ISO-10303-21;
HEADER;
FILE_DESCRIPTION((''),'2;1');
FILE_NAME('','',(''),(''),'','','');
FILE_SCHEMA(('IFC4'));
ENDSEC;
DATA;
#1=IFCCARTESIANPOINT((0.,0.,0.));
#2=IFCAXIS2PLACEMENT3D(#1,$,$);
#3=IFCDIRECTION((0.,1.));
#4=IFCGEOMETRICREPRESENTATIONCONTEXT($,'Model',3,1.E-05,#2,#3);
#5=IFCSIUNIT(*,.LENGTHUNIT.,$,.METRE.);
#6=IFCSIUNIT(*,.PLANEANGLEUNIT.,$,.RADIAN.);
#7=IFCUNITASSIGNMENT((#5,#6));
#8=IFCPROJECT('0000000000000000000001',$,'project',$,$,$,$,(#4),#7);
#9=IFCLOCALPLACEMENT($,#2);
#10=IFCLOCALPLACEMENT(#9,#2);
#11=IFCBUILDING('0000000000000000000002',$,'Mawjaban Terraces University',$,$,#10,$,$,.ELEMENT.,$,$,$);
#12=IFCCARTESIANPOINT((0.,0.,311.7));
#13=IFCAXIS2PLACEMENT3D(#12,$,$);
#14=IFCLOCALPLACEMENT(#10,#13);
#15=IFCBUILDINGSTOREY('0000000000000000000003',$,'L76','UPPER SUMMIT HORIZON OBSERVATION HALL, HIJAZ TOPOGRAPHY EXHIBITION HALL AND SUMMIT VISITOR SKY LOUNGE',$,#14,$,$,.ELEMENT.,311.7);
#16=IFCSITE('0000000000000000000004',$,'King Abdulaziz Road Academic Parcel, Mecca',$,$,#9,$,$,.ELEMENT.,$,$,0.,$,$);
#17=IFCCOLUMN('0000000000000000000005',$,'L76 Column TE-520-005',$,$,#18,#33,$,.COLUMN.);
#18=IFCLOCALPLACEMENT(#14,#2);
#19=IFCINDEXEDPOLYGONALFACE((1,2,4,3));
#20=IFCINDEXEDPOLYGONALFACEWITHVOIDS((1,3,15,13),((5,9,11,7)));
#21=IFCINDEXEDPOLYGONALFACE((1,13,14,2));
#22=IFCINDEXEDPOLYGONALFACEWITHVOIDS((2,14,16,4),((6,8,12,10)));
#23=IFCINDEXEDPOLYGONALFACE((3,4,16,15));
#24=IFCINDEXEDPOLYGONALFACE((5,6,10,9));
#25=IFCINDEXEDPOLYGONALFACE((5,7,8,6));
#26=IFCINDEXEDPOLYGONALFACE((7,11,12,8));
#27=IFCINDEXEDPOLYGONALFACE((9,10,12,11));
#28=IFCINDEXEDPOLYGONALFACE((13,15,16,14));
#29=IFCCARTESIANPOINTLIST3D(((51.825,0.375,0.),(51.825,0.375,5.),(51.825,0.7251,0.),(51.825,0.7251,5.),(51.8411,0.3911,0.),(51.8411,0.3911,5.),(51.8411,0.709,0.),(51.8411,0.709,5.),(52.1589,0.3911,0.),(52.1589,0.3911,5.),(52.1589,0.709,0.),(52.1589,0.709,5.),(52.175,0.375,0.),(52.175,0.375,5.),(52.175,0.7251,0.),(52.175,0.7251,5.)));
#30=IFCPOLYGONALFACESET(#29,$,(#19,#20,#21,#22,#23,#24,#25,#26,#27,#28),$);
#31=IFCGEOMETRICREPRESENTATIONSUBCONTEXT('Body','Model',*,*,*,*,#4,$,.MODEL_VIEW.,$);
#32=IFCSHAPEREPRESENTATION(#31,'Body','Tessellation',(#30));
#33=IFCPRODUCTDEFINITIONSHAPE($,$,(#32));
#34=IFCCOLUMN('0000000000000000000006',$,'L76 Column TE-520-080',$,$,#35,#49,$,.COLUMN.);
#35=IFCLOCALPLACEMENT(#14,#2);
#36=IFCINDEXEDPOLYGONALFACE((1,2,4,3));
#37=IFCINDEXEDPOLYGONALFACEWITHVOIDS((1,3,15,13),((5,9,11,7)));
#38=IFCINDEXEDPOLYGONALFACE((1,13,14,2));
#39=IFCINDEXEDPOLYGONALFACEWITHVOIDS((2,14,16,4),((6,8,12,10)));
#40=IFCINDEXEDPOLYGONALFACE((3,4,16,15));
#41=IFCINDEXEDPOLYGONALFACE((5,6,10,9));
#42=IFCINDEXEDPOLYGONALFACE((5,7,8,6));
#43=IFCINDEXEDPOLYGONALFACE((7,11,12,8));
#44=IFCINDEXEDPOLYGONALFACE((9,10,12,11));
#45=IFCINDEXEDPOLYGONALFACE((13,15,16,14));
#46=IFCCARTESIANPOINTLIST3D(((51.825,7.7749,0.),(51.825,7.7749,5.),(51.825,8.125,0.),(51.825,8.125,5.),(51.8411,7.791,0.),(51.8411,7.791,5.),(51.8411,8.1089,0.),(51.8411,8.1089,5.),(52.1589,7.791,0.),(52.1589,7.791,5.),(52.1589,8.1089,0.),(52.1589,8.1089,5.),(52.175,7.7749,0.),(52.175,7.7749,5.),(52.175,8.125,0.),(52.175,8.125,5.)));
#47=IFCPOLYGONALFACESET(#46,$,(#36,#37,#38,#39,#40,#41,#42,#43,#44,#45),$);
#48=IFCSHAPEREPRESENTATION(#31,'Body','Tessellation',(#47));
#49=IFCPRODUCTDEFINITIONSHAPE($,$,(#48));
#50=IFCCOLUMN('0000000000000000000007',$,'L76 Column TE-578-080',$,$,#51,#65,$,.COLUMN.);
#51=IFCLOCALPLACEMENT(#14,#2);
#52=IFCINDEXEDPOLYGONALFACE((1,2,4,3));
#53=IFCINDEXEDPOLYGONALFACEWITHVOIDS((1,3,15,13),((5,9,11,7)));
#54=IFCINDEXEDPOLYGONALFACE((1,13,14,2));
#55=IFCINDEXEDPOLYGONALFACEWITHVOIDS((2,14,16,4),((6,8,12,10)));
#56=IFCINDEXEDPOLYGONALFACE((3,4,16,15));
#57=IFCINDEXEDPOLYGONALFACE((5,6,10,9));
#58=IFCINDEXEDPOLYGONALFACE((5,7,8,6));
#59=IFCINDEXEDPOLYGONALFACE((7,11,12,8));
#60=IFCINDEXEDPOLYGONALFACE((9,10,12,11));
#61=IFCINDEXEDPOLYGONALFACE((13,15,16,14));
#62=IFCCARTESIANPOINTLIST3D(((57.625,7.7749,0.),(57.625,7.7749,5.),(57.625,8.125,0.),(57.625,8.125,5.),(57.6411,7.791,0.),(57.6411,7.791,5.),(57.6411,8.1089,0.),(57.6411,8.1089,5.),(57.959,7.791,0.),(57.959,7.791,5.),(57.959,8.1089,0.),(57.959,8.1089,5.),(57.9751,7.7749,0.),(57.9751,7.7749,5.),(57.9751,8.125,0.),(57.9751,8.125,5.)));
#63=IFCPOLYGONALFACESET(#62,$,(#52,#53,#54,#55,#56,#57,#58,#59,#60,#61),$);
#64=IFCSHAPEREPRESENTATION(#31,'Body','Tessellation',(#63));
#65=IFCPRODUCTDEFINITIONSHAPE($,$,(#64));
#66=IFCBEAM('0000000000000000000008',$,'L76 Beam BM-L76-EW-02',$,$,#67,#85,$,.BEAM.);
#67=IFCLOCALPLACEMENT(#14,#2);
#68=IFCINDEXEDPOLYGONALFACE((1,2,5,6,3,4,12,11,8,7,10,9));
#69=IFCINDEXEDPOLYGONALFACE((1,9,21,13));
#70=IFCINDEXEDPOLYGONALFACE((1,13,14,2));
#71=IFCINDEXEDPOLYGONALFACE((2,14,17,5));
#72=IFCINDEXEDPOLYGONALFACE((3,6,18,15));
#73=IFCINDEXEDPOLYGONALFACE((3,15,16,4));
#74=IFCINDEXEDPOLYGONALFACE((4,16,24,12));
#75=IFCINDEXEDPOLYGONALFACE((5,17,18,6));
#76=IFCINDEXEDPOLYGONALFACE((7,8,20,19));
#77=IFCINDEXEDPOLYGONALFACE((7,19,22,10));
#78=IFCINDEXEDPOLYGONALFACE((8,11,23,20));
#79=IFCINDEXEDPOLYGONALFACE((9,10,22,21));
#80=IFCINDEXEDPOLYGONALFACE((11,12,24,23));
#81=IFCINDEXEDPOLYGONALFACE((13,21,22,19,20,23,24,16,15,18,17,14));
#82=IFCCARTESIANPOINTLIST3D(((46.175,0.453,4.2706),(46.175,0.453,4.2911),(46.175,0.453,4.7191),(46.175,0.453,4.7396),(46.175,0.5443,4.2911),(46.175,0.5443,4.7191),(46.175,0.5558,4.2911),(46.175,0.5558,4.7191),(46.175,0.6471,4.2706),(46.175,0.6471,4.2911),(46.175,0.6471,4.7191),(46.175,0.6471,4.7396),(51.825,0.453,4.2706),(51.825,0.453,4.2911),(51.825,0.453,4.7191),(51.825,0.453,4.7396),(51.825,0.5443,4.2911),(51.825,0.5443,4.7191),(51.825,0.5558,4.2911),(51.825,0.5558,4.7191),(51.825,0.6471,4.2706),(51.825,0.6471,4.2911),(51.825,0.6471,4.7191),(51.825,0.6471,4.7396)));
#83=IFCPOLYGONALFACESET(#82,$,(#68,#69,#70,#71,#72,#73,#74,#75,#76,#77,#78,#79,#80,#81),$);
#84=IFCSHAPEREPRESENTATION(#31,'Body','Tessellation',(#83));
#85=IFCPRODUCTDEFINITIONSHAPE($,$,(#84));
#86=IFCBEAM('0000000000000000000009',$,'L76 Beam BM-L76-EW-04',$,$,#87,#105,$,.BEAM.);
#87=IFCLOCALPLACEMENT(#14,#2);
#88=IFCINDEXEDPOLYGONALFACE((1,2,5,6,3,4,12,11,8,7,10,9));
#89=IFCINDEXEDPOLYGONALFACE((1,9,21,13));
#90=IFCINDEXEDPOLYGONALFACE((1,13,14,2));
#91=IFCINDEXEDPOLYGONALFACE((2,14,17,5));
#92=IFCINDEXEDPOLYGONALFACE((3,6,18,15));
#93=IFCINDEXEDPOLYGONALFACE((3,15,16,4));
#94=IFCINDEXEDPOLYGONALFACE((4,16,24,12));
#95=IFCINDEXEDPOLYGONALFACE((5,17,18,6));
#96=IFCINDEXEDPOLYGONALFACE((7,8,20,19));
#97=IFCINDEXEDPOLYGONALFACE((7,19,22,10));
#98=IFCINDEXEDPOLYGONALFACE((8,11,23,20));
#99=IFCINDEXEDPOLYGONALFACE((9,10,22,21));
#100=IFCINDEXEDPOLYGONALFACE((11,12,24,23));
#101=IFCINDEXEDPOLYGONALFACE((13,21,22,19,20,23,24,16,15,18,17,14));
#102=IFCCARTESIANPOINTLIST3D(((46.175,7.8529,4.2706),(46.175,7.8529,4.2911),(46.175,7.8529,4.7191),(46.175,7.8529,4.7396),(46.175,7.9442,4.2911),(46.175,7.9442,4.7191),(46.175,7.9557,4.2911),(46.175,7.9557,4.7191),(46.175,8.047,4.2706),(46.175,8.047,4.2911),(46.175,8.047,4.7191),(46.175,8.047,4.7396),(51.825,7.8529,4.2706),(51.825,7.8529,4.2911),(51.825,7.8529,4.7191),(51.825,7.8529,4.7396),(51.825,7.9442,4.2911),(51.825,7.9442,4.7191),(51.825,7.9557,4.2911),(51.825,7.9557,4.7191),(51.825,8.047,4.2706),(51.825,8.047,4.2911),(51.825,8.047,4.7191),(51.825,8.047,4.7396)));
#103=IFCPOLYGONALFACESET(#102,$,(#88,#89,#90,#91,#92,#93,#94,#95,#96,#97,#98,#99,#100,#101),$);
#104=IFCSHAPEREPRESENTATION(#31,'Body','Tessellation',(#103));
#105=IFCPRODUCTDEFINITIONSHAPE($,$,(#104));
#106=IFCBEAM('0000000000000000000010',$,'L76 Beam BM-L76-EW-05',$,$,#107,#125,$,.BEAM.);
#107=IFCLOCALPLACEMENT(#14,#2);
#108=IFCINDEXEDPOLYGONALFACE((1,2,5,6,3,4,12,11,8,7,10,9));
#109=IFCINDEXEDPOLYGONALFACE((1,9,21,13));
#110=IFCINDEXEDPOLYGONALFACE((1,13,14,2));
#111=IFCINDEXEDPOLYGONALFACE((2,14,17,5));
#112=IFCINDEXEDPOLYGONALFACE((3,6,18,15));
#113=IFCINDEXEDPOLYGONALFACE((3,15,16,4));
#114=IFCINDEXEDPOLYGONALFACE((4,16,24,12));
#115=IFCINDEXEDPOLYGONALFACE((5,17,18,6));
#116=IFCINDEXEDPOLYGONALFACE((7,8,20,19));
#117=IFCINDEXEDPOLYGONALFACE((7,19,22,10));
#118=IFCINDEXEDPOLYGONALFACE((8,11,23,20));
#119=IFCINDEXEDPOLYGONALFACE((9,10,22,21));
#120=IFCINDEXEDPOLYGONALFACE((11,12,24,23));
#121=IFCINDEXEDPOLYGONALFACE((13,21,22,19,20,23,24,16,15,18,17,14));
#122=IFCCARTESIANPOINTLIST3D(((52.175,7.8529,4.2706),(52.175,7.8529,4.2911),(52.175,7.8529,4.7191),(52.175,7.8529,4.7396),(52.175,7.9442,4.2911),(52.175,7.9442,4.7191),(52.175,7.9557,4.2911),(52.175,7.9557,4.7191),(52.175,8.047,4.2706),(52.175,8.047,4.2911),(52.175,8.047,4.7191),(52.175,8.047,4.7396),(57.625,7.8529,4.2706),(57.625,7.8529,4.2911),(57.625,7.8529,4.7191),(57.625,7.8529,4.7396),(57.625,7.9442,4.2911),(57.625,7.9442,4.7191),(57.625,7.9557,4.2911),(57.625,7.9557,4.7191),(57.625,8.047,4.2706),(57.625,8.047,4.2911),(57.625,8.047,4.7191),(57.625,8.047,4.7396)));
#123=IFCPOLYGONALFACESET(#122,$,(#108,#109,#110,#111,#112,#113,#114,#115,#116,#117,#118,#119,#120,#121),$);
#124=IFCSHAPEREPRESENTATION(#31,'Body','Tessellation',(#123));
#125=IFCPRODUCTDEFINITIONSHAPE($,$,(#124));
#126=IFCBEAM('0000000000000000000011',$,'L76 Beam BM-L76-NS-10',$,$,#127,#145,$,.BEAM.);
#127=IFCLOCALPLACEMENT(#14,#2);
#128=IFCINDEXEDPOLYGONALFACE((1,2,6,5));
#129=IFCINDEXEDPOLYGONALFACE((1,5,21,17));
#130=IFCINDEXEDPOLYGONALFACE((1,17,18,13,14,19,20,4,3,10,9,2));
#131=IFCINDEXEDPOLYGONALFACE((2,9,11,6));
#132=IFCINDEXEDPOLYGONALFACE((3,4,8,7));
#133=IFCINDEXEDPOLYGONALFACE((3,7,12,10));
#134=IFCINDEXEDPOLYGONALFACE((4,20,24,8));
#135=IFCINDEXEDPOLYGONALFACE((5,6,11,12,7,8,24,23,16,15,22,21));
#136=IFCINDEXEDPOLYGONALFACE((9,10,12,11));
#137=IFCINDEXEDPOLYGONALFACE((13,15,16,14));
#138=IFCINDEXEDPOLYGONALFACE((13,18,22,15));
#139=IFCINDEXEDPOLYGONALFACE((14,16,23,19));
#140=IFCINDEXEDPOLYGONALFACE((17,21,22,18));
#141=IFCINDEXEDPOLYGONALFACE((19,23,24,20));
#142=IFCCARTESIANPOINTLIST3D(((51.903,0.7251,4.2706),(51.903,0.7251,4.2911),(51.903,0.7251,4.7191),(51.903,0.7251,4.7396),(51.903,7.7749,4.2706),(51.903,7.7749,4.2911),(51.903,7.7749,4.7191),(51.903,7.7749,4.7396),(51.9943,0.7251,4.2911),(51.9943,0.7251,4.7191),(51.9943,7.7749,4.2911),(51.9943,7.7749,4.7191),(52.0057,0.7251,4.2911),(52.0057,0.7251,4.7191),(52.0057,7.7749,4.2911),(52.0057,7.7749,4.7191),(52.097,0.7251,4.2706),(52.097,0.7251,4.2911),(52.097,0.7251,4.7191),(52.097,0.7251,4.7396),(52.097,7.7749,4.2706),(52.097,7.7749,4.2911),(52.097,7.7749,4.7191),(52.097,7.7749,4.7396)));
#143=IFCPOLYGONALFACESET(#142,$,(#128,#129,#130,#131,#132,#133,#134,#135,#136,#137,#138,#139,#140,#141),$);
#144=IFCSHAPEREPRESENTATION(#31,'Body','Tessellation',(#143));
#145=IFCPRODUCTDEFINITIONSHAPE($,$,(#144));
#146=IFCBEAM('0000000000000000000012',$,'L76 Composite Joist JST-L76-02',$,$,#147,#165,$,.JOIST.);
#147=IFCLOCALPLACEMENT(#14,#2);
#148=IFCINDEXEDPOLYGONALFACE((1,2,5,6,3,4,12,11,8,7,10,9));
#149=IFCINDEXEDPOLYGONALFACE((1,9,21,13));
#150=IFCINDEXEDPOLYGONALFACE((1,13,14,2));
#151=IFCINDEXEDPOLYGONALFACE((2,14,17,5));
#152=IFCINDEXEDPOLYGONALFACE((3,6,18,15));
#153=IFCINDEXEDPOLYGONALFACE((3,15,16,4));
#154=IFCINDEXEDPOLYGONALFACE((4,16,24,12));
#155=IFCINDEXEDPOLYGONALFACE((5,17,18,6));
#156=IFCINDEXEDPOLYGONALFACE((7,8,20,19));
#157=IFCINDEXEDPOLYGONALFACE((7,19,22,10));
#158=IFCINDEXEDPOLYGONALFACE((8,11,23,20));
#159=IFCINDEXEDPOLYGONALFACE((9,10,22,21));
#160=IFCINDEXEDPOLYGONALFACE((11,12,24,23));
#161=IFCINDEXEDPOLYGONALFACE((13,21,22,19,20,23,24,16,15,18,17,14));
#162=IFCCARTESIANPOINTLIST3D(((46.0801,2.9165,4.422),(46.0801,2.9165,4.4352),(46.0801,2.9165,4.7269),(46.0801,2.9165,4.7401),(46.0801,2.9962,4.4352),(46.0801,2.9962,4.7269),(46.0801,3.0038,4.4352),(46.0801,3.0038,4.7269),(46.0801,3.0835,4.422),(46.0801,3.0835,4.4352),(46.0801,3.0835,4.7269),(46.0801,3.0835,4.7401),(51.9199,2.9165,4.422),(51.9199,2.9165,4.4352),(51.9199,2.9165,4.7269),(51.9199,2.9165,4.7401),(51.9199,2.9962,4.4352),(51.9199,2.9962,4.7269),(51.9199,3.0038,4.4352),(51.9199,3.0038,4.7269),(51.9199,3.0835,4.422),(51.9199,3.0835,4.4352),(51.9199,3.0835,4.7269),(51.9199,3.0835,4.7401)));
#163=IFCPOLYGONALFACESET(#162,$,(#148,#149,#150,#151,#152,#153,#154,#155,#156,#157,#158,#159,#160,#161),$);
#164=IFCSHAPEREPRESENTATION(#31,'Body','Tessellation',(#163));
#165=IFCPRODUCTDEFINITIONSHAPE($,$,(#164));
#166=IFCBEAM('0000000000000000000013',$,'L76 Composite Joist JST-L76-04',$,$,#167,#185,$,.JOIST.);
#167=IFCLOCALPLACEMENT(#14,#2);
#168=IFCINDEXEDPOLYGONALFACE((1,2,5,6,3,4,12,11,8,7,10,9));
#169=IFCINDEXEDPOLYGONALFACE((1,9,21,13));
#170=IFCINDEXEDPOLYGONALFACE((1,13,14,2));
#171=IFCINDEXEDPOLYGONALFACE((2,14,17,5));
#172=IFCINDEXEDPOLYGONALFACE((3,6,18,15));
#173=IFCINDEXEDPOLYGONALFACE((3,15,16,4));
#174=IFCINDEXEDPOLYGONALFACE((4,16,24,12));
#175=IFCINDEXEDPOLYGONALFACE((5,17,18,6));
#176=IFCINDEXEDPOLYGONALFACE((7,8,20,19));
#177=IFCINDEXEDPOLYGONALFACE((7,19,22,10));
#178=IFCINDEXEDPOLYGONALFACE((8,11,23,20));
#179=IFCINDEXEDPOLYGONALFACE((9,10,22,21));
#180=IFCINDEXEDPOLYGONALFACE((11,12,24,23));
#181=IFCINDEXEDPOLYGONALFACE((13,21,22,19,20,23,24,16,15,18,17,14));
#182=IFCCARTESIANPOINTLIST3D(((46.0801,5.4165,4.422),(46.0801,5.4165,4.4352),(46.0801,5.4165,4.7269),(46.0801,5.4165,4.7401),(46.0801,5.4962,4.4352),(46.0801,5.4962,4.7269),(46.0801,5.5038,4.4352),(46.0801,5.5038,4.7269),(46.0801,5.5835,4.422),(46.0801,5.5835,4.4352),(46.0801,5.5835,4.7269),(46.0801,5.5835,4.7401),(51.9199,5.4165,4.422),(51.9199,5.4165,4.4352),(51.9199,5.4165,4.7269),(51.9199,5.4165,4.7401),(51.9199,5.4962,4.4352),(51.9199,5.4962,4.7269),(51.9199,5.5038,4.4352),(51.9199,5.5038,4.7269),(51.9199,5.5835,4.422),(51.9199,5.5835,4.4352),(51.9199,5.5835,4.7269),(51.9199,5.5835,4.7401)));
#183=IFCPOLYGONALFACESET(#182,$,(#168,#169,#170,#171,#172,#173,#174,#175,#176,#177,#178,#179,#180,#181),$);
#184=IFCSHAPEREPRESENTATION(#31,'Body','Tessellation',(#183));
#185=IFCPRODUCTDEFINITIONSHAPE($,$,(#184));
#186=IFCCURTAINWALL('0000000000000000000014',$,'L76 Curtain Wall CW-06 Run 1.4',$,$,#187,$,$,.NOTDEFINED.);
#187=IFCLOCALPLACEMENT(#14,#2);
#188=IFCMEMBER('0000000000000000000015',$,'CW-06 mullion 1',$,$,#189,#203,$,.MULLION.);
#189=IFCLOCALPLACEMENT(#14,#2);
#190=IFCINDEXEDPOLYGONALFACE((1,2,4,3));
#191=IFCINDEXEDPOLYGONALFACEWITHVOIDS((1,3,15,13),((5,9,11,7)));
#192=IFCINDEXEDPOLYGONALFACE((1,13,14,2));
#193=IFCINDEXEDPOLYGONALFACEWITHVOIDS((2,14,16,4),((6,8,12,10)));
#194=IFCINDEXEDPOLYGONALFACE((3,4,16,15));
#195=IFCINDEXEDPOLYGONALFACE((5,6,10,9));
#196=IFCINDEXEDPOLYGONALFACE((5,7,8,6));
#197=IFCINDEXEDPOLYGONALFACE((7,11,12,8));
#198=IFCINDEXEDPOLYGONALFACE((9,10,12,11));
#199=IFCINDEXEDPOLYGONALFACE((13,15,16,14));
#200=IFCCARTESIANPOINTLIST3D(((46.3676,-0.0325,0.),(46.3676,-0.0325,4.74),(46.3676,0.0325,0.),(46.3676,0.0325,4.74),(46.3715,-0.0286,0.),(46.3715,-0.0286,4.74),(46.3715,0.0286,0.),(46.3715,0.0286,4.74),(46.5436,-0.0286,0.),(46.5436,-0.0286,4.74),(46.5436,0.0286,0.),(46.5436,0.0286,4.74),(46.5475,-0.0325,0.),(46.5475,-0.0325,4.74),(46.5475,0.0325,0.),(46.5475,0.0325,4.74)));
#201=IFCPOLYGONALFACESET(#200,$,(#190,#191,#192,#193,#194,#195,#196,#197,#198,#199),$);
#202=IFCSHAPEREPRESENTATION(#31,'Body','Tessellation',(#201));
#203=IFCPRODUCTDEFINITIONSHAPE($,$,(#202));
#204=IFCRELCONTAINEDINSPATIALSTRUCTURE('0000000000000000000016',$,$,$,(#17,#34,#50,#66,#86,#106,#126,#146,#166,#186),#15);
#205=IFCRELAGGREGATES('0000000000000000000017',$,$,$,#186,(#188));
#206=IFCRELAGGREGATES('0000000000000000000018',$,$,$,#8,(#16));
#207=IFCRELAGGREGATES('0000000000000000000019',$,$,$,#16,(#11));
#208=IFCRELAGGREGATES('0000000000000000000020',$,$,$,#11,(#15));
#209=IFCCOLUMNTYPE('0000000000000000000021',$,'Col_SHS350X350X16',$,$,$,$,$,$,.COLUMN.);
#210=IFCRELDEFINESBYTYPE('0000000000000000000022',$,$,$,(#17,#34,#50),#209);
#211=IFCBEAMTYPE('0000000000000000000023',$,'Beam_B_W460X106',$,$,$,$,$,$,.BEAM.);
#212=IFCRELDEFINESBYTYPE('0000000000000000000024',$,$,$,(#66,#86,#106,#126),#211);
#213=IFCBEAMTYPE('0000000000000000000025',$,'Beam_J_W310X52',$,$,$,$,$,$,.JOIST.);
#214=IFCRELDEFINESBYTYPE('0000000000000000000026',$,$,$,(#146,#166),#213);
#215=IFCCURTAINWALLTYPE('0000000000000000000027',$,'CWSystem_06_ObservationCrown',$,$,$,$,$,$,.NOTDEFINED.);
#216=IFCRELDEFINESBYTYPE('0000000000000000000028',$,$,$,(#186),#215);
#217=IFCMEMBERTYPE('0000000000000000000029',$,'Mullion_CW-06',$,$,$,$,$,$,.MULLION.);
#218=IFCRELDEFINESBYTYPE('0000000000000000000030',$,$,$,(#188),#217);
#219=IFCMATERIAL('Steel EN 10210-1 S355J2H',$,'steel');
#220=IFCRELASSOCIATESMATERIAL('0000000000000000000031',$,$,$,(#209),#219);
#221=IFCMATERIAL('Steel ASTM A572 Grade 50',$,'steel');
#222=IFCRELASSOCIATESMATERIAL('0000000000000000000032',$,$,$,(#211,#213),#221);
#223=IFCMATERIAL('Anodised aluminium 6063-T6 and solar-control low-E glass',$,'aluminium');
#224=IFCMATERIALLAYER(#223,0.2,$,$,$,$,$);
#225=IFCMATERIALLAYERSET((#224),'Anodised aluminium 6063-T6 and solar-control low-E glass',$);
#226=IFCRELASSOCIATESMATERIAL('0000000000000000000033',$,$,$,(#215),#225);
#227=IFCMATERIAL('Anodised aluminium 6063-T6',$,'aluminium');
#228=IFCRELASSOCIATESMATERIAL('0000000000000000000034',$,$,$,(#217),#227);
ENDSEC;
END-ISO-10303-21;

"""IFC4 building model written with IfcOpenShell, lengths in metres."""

from ifc_helpers import new_model, si_unit, direction, frame, origin, origin_2d, place, context, subcontext, project, spatial, hollow_rectangle, i_section, extrude, material, layer, layer_set, material_profile, profile_set, type_object, element, aggregate, save


model = new_model("IFC4")

# Units and contexts
model_context = context("Model", 3, precision=1e-05, world=origin(), true_north=direction((0.0, 1.0)))
body_context = subcontext(model_context, "Body", "Model", "MODEL_VIEW")
ifc_project = project(units=[si_unit("LENGTHUNIT", "METRE"), si_unit("PLANEANGLEUNIT", "RADIAN")], contexts=[model_context])

# Site, building, storey
site_placement = place(None, origin())
site = spatial("IfcSite", under=ifc_project, at=site_placement, Name="King Abdulaziz Road Academic Parcel, Mecca", CompositionType="ELEMENT", RefElevation=0.0)
building_placement = place(site_placement, origin())
building = spatial("IfcBuilding", under=site, at=building_placement, Name="Mawjaban Terraces University", CompositionType="ELEMENT")
storey_placement = place(building_placement, frame((0.0, 0.0, 311.7)))
storey = spatial("IfcBuildingStorey", under=building, at=storey_placement, Name="L76", Description="UPPER SUMMIT HORIZON OBSERVATION HALL, HIJAZ TOPOGRAPHY EXHIBITION HALL AND SUMMIT VISITOR SKY LOUNGE", CompositionType="ELEMENT", Elevation=311.7)

# Columns
ifc_material_1 = material(Name="Steel EN 10210-1 S355J2H", Category="steel")
ifc_material_profile_1 = material_profile(ifc_material_1, hollow_rectangle(XDim=0.3501, YDim=0.3501, WallThickness=0.0161, at=origin_2d()), Name="SHS350X350X16")
ifc_profile_set_1 = profile_set([ifc_material_profile_1], Name="Steel EN 10210-1 S355J2H")
column_type = type_object("IfcColumnType", Name="Col_SHS350X350X16", PredefinedType="COLUMN", material=ifc_profile_set_1)
for number, where, z_axis, x_axis, name in (
    (1, (52.0, 0.55, 0.0), (0.0, 0.0, 1.0), (1.0, 0.0, 0.0), "L76 Column TE-520-005"),
    (2, (52.0, 7.95, 0.0), (0.0, 0.0, 1.0), (1.0, 0.0, 0.0), "L76 Column TE-520-080"),
    (3, (57.8, 7.95, 0.0), (0.0, 0.0, 1.0), (1.0, 0.0, 0.0), "L76 Column TE-578-080"),
):
    element("IfcColumn", number, at=place(storey_placement, frame(where, z_axis=z_axis, x_axis=x_axis)), inside=storey, type_object=column_type, Name=name, PredefinedType="COLUMN", context=body_context, shape_type="SweptSolid", body=[
        extrude(hollow_rectangle(XDim=0.3501, YDim=0.3501, WallThickness=0.0161, at=origin_2d()), origin(), (0.0, 0.0, 1.0), 5.0),
    ])

# Beams
ifc_material_2 = material(Name="Steel ASTM A572 Grade 50", Category="steel")
ifc_material_profile_2 = material_profile(ifc_material_2, i_section(OverallWidth=0.1941, OverallDepth=0.469, WebThickness=0.0115, FlangeThickness=0.0205, at=origin_2d()), Name="W460X106")
ifc_profile_set_2 = profile_set([ifc_material_profile_2], Name="Steel ASTM A572 Grade 50")
beam_type_1 = type_object("IfcBeamType", Name="Beam_B_W460X106", PredefinedType="BEAM", material=ifc_profile_set_2)
for number, where, z_axis, x_axis, name in (
    (4, (46.175, 0.55, 4.5051), (1.0, 0.0, 0.0), (0.0, 1.0, 0.0), "L76 Beam BM-L76-EW-02"),
    (5, (46.175, 7.95, 4.5051), (1.0, 0.0, 0.0), (0.0, 1.0, 0.0), "L76 Beam BM-L76-EW-04"),
):
    element("IfcBeam", number, at=place(storey_placement, frame(where, z_axis=z_axis, x_axis=x_axis)), inside=storey, type_object=beam_type_1, Name=name, PredefinedType="BEAM", context=body_context, shape_type="SweptSolid", body=[
        extrude(i_section(OverallWidth=0.1941, OverallDepth=0.469, WebThickness=0.0115, FlangeThickness=0.0205, at=origin_2d()), origin(), (0.0, 0.0, 1.0), 5.6499),
    ])
beam_1_placement = place(storey_placement, frame((52.175, 7.95, 4.5051), z_axis=(1.0, 0.0, 0.0), x_axis=(0.0, 1.0, 0.0)))
element("IfcBeam", 6, at=beam_1_placement, inside=storey, type_object=beam_type_1, Name="L76 Beam BM-L76-EW-05", PredefinedType="BEAM", context=body_context, shape_type="SweptSolid", body=[
    extrude(i_section(OverallWidth=0.1941, OverallDepth=0.469, WebThickness=0.0115, FlangeThickness=0.0205, at=origin_2d()), origin(), (0.0, 0.0, 1.0), 5.45),
])
beam_2_placement = place(storey_placement, frame((52.0, 0.7251, 4.5051), z_axis=(0.0, 1.0, 0.0), x_axis=(-1.0, 0.0, 0.0)))
element("IfcBeam", 7, at=beam_2_placement, inside=storey, type_object=beam_type_1, Name="L76 Beam BM-L76-NS-10", PredefinedType="BEAM", context=body_context, shape_type="SweptSolid", body=[
    extrude(i_section(OverallWidth=0.1941, OverallDepth=0.469, WebThickness=0.0115, FlangeThickness=0.0205, at=origin_2d()), origin(), (0.0, 0.0, 1.0), 7.0498),
])
ifc_material_profile_3 = material_profile(ifc_material_2, i_section(OverallWidth=0.167, OverallDepth=0.3181, WebThickness=0.0076, FlangeThickness=0.0132, at=origin_2d()), Name="W310X52")
ifc_profile_set_3 = profile_set([ifc_material_profile_3], Name="Steel ASTM A572 Grade 50")
beam_type_2 = type_object("IfcBeamType", Name="Beam_J_W310X52", PredefinedType="JOIST", material=ifc_profile_set_3)
for number, where, z_axis, x_axis, name in (
    (8, (46.0801, 3.0, 4.5811), (1.0, 0.0, 0.0), (0.0, 1.0, 0.0), "L76 Composite Joist JST-L76-02"),
    (9, (46.0801, 5.5, 4.5811), (1.0, 0.0, 0.0), (0.0, 1.0, 0.0), "L76 Composite Joist JST-L76-04"),
):
    element("IfcBeam", number, at=place(storey_placement, frame(where, z_axis=z_axis, x_axis=x_axis)), inside=storey, type_object=beam_type_2, Name=name, PredefinedType="JOIST", context=body_context, shape_type="SweptSolid", body=[
        extrude(i_section(OverallWidth=0.167, OverallDepth=0.3181, WebThickness=0.0076, FlangeThickness=0.0132, at=origin_2d()), origin(), (0.0, 0.0, 1.0), 5.8398),
    ])

# Curtain wall, member
ifc_material_3 = material(Name="Anodised aluminium 6063-T6 and solar-control low-E glass", Category="aluminium")
ifc_layer_1 = layer(ifc_material_3, 0.2)
ifc_layer_set_1 = layer_set([ifc_layer_1], Name="Anodised aluminium 6063-T6 and solar-control low-E glass")
curtain_wall_type = type_object("IfcCurtainWallType", Name="CWSystem_06_ObservationCrown", PredefinedType="NOTDEFINED", material=ifc_layer_set_1)
curtain_wall_1_placement = place(storey_placement, origin())
curtain_wall_1 = element("IfcCurtainWall", 10, at=curtain_wall_1_placement, inside=storey, type_object=curtain_wall_type, Name="L76 Curtain Wall CW-06 Run 1.4", PredefinedType="NOTDEFINED")
ifc_material_4 = material(Name="Anodised aluminium 6063-T6", Category="aluminium")
ifc_material_profile_4 = material_profile(ifc_material_4, hollow_rectangle(XDim=0.0649, YDim=0.1799, WallThickness=0.0039, at=origin_2d()), Name="ALU180X65X4")
ifc_profile_set_4 = profile_set([ifc_material_profile_4], Name="Anodised aluminium 6063-T6")
member_type_1 = type_object("IfcMemberType", Name="Mullion_CW-06", PredefinedType="MULLION", material=ifc_profile_set_4)
member_1_placement = place(storey_placement, frame((46.4575, 0.0, 0.0), z_axis=(0.0, 0.0, 1.0), x_axis=(0.0, 1.0, 0.0)))
member_1 = element("IfcMember", 11, at=member_1_placement, type_object=member_type_1, Name="CW-06 mullion 1", PredefinedType="MULLION", context=body_context, shape_type="SweptSolid", body=[
    extrude(hollow_rectangle(XDim=0.0649, YDim=0.1799, WallThickness=0.0039, at=origin_2d()), origin(), (0.0, 0.0, 1.0), 4.74),
])

aggregate(curtain_wall_1, [member_1])

save(model, "model.ifc")
